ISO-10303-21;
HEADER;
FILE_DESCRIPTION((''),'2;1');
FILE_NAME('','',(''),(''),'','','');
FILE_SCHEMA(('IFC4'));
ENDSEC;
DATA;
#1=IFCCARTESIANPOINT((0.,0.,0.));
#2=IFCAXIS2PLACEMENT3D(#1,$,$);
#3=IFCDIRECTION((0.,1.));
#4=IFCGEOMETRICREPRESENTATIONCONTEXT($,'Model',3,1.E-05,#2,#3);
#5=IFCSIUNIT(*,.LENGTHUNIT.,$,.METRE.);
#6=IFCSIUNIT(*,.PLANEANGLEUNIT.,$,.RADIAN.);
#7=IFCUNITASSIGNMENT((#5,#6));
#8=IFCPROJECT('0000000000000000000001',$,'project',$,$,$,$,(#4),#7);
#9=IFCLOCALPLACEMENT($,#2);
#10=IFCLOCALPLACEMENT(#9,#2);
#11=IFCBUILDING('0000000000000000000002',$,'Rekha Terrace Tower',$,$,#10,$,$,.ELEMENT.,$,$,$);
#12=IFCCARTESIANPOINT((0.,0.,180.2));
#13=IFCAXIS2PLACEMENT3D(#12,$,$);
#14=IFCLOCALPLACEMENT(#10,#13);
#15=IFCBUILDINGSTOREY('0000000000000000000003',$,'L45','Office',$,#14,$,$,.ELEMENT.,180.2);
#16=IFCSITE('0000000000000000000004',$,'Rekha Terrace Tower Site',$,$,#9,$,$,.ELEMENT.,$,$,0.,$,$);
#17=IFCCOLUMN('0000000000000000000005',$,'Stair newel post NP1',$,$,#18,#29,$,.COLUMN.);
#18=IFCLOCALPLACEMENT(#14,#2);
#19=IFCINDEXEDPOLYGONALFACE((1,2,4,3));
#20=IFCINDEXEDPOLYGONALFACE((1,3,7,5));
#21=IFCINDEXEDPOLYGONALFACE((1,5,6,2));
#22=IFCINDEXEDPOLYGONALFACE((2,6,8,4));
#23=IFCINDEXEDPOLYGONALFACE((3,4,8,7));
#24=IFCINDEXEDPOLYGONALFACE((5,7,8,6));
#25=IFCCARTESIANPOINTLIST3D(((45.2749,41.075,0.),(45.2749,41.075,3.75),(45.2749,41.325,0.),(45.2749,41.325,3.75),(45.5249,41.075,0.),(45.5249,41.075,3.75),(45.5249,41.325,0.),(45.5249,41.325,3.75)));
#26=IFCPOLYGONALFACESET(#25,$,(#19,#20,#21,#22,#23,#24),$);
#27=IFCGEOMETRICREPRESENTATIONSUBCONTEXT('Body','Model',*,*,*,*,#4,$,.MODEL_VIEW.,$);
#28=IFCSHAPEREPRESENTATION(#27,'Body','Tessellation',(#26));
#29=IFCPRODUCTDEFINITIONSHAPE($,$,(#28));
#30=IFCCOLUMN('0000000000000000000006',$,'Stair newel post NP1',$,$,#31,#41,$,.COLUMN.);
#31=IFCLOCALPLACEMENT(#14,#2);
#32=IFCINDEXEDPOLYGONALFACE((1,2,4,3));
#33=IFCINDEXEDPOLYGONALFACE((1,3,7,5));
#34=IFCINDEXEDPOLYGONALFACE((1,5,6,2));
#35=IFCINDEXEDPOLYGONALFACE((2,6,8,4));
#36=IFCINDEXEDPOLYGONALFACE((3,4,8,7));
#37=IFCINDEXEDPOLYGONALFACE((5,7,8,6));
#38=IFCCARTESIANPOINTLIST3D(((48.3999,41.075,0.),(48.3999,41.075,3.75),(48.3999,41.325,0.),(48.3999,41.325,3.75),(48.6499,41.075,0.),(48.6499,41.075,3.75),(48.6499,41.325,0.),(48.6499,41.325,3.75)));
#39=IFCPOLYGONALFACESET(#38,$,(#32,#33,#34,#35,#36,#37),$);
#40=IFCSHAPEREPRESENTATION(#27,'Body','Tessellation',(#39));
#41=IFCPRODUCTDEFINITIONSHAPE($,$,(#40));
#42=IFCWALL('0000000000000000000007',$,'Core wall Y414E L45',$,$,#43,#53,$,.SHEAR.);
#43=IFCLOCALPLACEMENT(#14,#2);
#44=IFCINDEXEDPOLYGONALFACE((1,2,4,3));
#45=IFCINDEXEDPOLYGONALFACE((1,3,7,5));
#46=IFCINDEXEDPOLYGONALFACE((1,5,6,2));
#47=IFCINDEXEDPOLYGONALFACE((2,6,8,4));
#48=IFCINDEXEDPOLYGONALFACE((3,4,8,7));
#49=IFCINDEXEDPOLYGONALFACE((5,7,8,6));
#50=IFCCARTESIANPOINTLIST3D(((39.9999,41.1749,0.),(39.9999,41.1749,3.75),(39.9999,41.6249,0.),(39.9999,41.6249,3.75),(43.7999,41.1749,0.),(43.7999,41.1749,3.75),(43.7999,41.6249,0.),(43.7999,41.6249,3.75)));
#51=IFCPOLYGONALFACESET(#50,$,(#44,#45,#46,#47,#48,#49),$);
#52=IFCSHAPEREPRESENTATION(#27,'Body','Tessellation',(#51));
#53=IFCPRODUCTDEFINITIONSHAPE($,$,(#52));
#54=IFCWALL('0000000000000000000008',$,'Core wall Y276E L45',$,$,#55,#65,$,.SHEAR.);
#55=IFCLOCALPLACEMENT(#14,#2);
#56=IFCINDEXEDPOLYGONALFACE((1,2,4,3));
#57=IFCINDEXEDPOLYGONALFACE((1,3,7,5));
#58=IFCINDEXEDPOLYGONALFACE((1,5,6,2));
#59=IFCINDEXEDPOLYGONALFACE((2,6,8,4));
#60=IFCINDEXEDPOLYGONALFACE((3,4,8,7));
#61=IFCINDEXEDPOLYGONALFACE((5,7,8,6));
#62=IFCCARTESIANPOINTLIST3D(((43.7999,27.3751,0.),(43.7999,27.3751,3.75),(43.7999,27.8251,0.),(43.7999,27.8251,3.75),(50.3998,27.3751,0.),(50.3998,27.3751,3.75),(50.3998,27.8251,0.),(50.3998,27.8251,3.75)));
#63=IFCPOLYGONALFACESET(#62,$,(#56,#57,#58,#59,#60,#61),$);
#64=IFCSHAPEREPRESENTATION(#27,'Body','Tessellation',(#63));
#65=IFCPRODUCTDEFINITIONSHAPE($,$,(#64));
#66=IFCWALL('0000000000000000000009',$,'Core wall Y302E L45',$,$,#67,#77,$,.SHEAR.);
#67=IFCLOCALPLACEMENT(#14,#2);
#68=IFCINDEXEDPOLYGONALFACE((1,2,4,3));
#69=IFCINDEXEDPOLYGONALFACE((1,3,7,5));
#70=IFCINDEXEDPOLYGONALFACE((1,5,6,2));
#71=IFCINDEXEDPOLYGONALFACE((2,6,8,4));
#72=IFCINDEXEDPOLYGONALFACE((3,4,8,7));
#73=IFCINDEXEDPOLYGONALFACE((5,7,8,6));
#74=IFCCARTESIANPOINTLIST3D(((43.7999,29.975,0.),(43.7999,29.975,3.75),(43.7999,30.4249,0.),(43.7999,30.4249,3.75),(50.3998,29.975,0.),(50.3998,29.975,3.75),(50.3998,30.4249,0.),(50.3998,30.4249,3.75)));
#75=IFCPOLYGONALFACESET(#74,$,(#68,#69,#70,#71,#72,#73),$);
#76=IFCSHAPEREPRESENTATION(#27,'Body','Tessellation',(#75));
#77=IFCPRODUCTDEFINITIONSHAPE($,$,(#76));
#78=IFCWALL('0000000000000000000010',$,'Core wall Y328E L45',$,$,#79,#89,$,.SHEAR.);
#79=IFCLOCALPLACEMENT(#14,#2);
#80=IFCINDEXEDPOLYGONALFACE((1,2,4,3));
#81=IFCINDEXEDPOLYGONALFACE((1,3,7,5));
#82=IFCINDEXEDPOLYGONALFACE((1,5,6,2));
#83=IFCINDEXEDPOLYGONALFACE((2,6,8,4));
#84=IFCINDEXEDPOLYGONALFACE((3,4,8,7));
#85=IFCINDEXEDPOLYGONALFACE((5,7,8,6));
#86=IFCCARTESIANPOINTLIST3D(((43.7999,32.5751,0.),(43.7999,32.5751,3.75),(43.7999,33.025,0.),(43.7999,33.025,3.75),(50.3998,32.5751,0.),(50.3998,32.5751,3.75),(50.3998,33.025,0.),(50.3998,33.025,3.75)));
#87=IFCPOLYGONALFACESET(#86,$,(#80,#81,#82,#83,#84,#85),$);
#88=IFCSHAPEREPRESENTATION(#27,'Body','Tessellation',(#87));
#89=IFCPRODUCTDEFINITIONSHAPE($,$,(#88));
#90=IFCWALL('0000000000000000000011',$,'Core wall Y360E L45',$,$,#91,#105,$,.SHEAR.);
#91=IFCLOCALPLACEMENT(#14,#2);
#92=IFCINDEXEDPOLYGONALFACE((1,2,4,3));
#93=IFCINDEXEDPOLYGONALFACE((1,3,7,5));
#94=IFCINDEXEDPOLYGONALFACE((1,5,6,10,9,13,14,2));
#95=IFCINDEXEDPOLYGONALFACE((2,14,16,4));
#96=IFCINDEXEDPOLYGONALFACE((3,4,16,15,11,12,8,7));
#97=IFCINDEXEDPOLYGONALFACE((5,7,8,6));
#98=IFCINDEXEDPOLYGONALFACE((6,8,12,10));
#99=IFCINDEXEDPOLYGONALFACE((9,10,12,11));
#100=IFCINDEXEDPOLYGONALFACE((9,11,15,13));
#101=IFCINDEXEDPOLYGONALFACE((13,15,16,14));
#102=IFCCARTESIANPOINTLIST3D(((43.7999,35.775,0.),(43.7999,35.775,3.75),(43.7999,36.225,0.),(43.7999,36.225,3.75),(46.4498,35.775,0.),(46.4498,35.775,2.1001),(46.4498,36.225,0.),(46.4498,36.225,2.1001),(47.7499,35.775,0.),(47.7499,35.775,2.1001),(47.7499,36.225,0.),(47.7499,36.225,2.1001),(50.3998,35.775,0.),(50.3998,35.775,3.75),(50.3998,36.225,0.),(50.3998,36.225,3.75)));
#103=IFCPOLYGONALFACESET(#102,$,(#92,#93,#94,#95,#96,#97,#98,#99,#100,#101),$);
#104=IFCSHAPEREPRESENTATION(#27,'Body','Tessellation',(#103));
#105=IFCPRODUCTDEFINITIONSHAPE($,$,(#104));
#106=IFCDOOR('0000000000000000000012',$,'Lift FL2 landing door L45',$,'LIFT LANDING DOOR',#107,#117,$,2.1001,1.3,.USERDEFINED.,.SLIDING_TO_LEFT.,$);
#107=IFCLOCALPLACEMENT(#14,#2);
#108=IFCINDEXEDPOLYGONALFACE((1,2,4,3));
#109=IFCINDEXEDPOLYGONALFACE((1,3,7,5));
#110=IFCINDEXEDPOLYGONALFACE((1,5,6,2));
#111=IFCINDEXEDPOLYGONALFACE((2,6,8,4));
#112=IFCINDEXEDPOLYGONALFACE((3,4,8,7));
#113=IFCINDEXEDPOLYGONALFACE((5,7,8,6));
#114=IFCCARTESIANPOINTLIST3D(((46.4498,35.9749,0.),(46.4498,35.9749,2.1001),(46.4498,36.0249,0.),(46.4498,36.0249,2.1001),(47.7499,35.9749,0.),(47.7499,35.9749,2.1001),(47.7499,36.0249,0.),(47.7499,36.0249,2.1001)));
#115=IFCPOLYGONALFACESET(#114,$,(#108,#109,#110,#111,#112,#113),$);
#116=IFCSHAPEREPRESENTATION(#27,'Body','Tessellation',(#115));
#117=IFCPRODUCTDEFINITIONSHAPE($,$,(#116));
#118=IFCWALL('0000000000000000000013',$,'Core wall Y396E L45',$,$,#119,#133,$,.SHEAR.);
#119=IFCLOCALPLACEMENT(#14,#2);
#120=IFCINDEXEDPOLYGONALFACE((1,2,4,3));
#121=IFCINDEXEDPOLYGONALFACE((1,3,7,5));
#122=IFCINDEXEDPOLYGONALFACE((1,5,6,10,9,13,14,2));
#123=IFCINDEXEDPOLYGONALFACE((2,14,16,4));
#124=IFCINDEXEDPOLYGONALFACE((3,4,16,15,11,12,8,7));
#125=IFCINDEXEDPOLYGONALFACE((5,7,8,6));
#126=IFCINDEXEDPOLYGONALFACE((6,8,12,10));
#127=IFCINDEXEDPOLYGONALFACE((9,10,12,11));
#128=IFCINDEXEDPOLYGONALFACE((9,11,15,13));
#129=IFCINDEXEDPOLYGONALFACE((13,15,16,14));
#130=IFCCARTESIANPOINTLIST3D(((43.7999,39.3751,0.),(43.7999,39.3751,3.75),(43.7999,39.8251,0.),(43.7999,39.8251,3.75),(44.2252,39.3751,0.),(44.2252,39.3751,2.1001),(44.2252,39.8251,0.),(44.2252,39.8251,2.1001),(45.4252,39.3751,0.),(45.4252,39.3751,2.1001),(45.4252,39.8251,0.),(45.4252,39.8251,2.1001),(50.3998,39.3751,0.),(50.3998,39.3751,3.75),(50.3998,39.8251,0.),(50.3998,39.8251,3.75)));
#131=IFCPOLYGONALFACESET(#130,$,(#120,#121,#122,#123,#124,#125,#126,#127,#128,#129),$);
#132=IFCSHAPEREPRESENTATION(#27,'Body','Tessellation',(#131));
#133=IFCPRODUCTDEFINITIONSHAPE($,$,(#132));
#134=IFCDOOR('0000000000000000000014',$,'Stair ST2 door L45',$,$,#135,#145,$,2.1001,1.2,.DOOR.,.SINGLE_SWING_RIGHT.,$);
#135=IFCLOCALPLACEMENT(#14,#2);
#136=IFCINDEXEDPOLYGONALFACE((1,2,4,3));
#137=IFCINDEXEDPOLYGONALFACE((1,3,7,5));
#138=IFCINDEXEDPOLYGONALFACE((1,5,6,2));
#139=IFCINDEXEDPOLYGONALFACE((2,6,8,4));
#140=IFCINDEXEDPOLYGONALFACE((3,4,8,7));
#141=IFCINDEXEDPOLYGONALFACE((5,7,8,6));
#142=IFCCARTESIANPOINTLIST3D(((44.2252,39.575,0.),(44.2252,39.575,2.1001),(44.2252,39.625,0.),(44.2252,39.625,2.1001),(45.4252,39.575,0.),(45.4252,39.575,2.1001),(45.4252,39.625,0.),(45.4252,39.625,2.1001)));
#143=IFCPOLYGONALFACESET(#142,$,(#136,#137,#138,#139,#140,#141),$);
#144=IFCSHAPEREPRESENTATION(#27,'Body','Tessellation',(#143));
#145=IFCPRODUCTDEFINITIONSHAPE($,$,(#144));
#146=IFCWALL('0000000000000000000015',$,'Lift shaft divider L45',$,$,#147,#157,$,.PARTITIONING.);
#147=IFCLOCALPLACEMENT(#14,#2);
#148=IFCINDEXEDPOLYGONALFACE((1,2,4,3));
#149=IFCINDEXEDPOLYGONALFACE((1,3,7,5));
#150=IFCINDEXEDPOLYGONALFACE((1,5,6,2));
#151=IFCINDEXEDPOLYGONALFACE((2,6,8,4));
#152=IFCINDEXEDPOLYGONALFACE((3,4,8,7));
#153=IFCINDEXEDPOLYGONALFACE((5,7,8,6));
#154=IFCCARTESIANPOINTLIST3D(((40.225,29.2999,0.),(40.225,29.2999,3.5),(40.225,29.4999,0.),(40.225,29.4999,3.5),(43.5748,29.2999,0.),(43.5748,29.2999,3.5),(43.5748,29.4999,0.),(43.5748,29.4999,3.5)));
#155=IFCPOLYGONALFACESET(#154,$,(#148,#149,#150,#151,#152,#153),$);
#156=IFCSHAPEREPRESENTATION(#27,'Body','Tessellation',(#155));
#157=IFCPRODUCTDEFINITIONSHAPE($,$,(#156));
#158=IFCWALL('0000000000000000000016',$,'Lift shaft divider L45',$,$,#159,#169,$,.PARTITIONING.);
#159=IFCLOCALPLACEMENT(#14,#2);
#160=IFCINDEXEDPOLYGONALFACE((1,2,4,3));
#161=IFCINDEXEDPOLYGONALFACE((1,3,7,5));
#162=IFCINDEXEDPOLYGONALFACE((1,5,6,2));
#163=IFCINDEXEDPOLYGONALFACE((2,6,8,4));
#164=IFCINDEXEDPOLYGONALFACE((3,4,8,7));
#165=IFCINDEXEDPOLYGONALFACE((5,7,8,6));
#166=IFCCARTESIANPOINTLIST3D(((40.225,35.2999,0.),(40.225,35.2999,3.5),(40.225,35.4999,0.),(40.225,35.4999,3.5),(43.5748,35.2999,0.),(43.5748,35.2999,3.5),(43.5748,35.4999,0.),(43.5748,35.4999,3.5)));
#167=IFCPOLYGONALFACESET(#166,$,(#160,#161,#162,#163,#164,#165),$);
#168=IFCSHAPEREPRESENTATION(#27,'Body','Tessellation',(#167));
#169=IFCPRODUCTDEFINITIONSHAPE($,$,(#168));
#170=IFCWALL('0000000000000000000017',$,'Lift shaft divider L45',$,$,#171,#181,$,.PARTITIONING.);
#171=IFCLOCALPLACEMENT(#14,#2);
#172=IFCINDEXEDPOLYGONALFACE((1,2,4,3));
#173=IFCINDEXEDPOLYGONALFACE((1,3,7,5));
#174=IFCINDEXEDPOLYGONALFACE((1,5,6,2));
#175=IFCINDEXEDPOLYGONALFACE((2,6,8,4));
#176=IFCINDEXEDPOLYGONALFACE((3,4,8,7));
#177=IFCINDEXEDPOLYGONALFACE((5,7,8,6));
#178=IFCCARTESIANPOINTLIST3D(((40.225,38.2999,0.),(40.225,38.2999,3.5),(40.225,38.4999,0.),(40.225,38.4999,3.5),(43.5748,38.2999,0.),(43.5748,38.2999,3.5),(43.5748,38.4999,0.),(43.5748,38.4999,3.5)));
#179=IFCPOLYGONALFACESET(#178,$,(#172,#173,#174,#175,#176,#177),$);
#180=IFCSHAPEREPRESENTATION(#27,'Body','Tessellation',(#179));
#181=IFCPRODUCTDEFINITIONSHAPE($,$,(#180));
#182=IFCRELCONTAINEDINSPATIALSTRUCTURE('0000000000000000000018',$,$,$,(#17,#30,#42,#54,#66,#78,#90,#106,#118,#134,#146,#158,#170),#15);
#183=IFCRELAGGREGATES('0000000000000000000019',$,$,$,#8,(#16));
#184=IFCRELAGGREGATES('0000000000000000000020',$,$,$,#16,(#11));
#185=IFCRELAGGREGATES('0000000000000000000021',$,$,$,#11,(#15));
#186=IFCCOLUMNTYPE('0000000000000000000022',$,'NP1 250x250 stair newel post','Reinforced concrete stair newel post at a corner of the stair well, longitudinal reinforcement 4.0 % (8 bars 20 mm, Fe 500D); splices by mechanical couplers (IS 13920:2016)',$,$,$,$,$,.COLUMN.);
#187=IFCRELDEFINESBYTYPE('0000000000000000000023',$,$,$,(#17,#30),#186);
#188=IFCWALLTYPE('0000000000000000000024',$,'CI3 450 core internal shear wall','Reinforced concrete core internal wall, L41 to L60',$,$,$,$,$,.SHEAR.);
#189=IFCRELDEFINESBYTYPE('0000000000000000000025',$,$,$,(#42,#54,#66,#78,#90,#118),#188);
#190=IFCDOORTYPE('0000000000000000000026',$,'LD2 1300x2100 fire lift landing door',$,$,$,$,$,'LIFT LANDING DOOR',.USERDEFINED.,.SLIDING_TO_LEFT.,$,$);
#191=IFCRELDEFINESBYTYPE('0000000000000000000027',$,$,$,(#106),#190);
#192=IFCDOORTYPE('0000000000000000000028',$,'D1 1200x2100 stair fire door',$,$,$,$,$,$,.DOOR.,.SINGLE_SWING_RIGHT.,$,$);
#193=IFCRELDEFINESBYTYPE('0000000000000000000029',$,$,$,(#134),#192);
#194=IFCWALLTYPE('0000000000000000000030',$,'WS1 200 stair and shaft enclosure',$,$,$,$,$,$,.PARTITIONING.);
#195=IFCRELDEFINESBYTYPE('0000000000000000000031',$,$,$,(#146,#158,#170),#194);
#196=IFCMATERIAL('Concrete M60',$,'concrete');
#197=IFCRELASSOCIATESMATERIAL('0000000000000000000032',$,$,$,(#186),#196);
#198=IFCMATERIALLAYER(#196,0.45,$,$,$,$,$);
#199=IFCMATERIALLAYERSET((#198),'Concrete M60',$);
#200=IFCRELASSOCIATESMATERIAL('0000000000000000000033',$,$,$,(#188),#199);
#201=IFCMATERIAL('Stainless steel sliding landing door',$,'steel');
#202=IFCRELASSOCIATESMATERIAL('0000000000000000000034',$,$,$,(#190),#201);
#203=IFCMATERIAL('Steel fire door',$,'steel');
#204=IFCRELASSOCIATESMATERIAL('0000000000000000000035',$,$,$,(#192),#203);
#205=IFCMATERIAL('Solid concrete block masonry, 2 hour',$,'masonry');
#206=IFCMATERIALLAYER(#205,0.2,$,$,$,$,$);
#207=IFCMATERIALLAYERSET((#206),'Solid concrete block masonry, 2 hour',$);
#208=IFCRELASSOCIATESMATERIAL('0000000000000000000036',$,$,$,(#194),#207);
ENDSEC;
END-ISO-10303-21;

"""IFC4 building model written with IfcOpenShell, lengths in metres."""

from ifc_helpers import new_model, si_unit, direction, frame, frame_2d, origin, origin_2d, place, context, subcontext, project, spatial, rectangle, extrude, material, layer, layer_set, material_profile, profile_set, type_object, element, fill, save


model = new_model("IFC4")

# Units and contexts
model_context = context("Model", 3, precision=1e-05, world=origin(), true_north=direction((0.0, 1.0)))
body_context = subcontext(model_context, "Body", "Model", "MODEL_VIEW")
ifc_project = project(units=[si_unit("LENGTHUNIT", "METRE"), si_unit("PLANEANGLEUNIT", "RADIAN")], contexts=[model_context])

# Site, building, storey
site_placement = place(None, origin())
site = spatial("IfcSite", under=ifc_project, at=site_placement, Name="Rekha Terrace Tower Site", CompositionType="ELEMENT", RefElevation=0.0)
building_placement = place(site_placement, origin())
building = spatial("IfcBuilding", under=site, at=building_placement, Name="Rekha Terrace Tower", CompositionType="ELEMENT")
storey_placement = place(building_placement, frame((0.0, 0.0, 180.2)))
storey = spatial("IfcBuildingStorey", under=building, at=storey_placement, Name="L45", Description="Office", CompositionType="ELEMENT", Elevation=180.2)

# Columns
ifc_material_1 = material(Name="Concrete M60", Category="concrete")
ifc_material_profile = material_profile(ifc_material_1, rectangle(XDim=0.25, YDim=0.25, at=origin_2d()), Name="RC 250x250")
ifc_profile_set = profile_set([ifc_material_profile], Name="Concrete M60")
column_type = type_object("IfcColumnType", Name="NP1 250x250 stair newel post", Description="Reinforced concrete stair newel post at a corner of the stair well, longitudinal reinforcement 4.0 % (8 bars 20 mm, Fe 500D); splices by mechanical couplers (IS 13920:2016)", PredefinedType="COLUMN", material=ifc_profile_set)
for number, where, z_axis, x_axis, name in (
    (1, (45.3999, 41.2, 0.0), (0.0, 0.0, 1.0), (1.0, 0.0, 0.0), "Stair newel post NP1"),
    (2, (48.5249, 41.2, 0.0), (0.0, 0.0, 1.0), (1.0, 0.0, 0.0), "Stair newel post NP1"),
):
    element("IfcColumn", number, at=place(storey_placement, frame(where, z_axis=z_axis, x_axis=x_axis)), inside=storey, type_object=column_type, Name=name, PredefinedType="COLUMN", context=body_context, shape_type="SweptSolid", body=[
        extrude(rectangle(XDim=0.25, YDim=0.25, at=origin_2d()), origin(), (0.0, 0.0, 1.0), 3.75),
    ])

# Walls
ifc_layer_1 = layer(ifc_material_1, 0.45)
ifc_layer_set_1 = layer_set([ifc_layer_1], Name="Concrete M60")
wall_type_1 = type_object("IfcWallType", Name="CI3 450 core internal shear wall", Description="Reinforced concrete core internal wall, L41 to L60", PredefinedType="SHEAR", material=ifc_layer_set_1)
wall_1_placement = place(storey_placement, frame((40.0, 41.3999, 0.0), z_axis=(0.0, 0.0, 1.0), x_axis=(1.0, 0.0, 0.0)))
element("IfcWall", 3, at=wall_1_placement, inside=storey, type_object=wall_type_1, Name="Core wall Y414E L45", PredefinedType="SHEAR", context=body_context, shape_type="SweptSolid", body=[
    extrude(rectangle(XDim=3.8, YDim=0.45, at=frame_2d((1.8999, 0.0))), origin(), (0.0, 0.0, 1.0), 3.75),
])
for number, where, z_axis, x_axis, name in (
    (4, (43.8, 27.6001, 0.0), (0.0, 0.0, 1.0), (1.0, 0.0, 0.0), "Core wall Y276E L45"),
    (5, (43.8, 30.2, 0.0), (0.0, 0.0, 1.0), (1.0, 0.0, 0.0), "Core wall Y302E L45"),
    (6, (43.8, 32.8, 0.0), (0.0, 0.0, 1.0), (1.0, 0.0, 0.0), "Core wall Y328E L45"),
):
    element("IfcWall", number, at=place(storey_placement, frame(where, z_axis=z_axis, x_axis=x_axis)), inside=storey, type_object=wall_type_1, Name=name, PredefinedType="SHEAR", context=body_context, shape_type="SweptSolid", body=[
        extrude(rectangle(XDim=6.5999, YDim=0.45, at=frame_2d((3.2998, 0.0))), origin(), (0.0, 0.0, 1.0), 3.75),
    ])

# Walls, openings, doors
wall_2_placement = place(storey_placement, frame((43.8, 36.0, 0.0), z_axis=(0.0, 0.0, 1.0), x_axis=(1.0, 0.0, 0.0)))
wall_2 = element("IfcWall", 7, at=wall_2_placement, inside=storey, type_object=wall_type_1, Name="Core wall Y360E L45", PredefinedType="SHEAR", context=body_context, shape_type="SweptSolid", body=[
    extrude(rectangle(XDim=6.5999, YDim=0.45, at=frame_2d((3.2998, 0.0))), origin(), (0.0, 0.0, 1.0), 3.75),
])
opening_1_placement = place(wall_2_placement, frame((2.6499, 0.0, 0.0)))
opening_1 = element("IfcOpeningElement", 8, at=opening_1_placement, cuts=wall_2, PredefinedType="OPENING", context=body_context, shape_type="SweptSolid", body=[
    extrude(rectangle(XDim=1.3, YDim=2.1001, at=frame_2d((0.6499, 1.05))), frame((0.0, 0.2349, 0.0), z_axis=(0.0, -1.0, 0.0), x_axis=(1.0, 0.0, 0.0)), (0.0, 0.0, 1.0), 0.47),
])
ifc_material_2 = material(Name="Stainless steel sliding landing door", Category="steel")
door_type_1 = type_object("IfcDoorType", Name="LD2 1300x2100 fire lift landing door", ElementType="LIFT LANDING DOOR", OperationType="SLIDING_TO_LEFT", PredefinedType="USERDEFINED", material=ifc_material_2)
door_1_placement = place(opening_1_placement, origin())
door_1 = element("IfcDoor", 9, at=door_1_placement, inside=storey, type_object=door_type_1, Name="Lift FL2 landing door L45", ObjectType="LIFT LANDING DOOR", OperationType="SLIDING_TO_LEFT", OverallHeight=2.1001, OverallWidth=1.3, PredefinedType="USERDEFINED", context=body_context, shape_type="SweptSolid", body=[
    extrude(rectangle(XDim=1.3, YDim=2.1001, at=frame_2d((0.6499, 1.05))), frame((0.0, 0.0249, 0.0), z_axis=(0.0, -1.0, 0.0), x_axis=(1.0, 0.0, 0.0)), (0.0, 0.0, 1.0), 0.05),
])
fill(opening_1, door_1)
wall_3_placement = place(storey_placement, frame((43.8, 39.6001, 0.0), z_axis=(0.0, 0.0, 1.0), x_axis=(1.0, 0.0, 0.0)))
wall_3 = element("IfcWall", 10, at=wall_3_placement, inside=storey, type_object=wall_type_1, Name="Core wall Y396E L45", PredefinedType="SHEAR", context=body_context, shape_type="SweptSolid", body=[
    extrude(rectangle(XDim=6.5999, YDim=0.45, at=frame_2d((3.2998, 0.0))), origin(), (0.0, 0.0, 1.0), 3.75),
])
opening_2_placement = place(wall_3_placement, frame((0.425, 0.0, 0.0)))
opening_2 = element("IfcOpeningElement", 11, at=opening_2_placement, cuts=wall_3, PredefinedType="OPENING", context=body_context, shape_type="SweptSolid", body=[
    extrude(rectangle(XDim=1.2, YDim=2.1001, at=frame_2d((0.6001, 1.05))), frame((0.0, 0.2349, 0.0), z_axis=(0.0, -1.0, 0.0), x_axis=(1.0, 0.0, 0.0)), (0.0, 0.0, 1.0), 0.47),
])
ifc_material_3 = material(Name="Steel fire door", Category="steel")
door_type_2 = type_object("IfcDoorType", Name="D1 1200x2100 stair fire door", OperationType="SINGLE_SWING_RIGHT", PredefinedType="DOOR", material=ifc_material_3)
door_2_placement = place(opening_2_placement, origin())
door_2 = element("IfcDoor", 12, at=door_2_placement, inside=storey, type_object=door_type_2, Name="Stair ST2 door L45", OperationType="SINGLE_SWING_RIGHT", OverallHeight=2.1001, OverallWidth=1.2, PredefinedType="DOOR", context=body_context, shape_type="SweptSolid", body=[
    extrude(rectangle(XDim=1.2, YDim=2.1001, at=frame_2d((0.6001, 1.05))), frame((0.0, 0.0249, 0.0), z_axis=(0.0, -1.0, 0.0), x_axis=(1.0, 0.0, 0.0)), (0.0, 0.0, 1.0), 0.05),
])
fill(opening_2, door_2)

# Walls
ifc_material_4 = material(Name="Solid concrete block masonry, 2 hour", Category="masonry")
ifc_layer_2 = layer(ifc_material_4, 0.2)
ifc_layer_set_2 = layer_set([ifc_layer_2], Name="Solid concrete block masonry, 2 hour")
wall_type_2 = type_object("IfcWallType", Name="WS1 200 stair and shaft enclosure", PredefinedType="PARTITIONING", material=ifc_layer_set_2)
for number, where, z_axis, x_axis, name in (
    (13, (40.2251, 29.3999, 0.0), (0.0, 0.0, 1.0), (1.0, 0.0, 0.0), "Lift shaft divider L45"),
    (14, (40.2251, 35.3999, 0.0), (0.0, 0.0, 1.0), (1.0, 0.0, 0.0), "Lift shaft divider L45"),
    (15, (40.2251, 38.3999, 0.0), (0.0, 0.0, 1.0), (1.0, 0.0, 0.0), "Lift shaft divider L45"),
):
    element("IfcWall", number, at=place(storey_placement, frame(where, z_axis=z_axis, x_axis=x_axis)), inside=storey, type_object=wall_type_2, Name=name, PredefinedType="PARTITIONING", context=body_context, shape_type="SweptSolid", body=[
        extrude(rectangle(XDim=3.3499, YDim=0.2, at=frame_2d((1.6748, 0.0))), origin(), (0.0, 0.0, 1.0), 3.5),
    ])

save(model, "model.ifc")
